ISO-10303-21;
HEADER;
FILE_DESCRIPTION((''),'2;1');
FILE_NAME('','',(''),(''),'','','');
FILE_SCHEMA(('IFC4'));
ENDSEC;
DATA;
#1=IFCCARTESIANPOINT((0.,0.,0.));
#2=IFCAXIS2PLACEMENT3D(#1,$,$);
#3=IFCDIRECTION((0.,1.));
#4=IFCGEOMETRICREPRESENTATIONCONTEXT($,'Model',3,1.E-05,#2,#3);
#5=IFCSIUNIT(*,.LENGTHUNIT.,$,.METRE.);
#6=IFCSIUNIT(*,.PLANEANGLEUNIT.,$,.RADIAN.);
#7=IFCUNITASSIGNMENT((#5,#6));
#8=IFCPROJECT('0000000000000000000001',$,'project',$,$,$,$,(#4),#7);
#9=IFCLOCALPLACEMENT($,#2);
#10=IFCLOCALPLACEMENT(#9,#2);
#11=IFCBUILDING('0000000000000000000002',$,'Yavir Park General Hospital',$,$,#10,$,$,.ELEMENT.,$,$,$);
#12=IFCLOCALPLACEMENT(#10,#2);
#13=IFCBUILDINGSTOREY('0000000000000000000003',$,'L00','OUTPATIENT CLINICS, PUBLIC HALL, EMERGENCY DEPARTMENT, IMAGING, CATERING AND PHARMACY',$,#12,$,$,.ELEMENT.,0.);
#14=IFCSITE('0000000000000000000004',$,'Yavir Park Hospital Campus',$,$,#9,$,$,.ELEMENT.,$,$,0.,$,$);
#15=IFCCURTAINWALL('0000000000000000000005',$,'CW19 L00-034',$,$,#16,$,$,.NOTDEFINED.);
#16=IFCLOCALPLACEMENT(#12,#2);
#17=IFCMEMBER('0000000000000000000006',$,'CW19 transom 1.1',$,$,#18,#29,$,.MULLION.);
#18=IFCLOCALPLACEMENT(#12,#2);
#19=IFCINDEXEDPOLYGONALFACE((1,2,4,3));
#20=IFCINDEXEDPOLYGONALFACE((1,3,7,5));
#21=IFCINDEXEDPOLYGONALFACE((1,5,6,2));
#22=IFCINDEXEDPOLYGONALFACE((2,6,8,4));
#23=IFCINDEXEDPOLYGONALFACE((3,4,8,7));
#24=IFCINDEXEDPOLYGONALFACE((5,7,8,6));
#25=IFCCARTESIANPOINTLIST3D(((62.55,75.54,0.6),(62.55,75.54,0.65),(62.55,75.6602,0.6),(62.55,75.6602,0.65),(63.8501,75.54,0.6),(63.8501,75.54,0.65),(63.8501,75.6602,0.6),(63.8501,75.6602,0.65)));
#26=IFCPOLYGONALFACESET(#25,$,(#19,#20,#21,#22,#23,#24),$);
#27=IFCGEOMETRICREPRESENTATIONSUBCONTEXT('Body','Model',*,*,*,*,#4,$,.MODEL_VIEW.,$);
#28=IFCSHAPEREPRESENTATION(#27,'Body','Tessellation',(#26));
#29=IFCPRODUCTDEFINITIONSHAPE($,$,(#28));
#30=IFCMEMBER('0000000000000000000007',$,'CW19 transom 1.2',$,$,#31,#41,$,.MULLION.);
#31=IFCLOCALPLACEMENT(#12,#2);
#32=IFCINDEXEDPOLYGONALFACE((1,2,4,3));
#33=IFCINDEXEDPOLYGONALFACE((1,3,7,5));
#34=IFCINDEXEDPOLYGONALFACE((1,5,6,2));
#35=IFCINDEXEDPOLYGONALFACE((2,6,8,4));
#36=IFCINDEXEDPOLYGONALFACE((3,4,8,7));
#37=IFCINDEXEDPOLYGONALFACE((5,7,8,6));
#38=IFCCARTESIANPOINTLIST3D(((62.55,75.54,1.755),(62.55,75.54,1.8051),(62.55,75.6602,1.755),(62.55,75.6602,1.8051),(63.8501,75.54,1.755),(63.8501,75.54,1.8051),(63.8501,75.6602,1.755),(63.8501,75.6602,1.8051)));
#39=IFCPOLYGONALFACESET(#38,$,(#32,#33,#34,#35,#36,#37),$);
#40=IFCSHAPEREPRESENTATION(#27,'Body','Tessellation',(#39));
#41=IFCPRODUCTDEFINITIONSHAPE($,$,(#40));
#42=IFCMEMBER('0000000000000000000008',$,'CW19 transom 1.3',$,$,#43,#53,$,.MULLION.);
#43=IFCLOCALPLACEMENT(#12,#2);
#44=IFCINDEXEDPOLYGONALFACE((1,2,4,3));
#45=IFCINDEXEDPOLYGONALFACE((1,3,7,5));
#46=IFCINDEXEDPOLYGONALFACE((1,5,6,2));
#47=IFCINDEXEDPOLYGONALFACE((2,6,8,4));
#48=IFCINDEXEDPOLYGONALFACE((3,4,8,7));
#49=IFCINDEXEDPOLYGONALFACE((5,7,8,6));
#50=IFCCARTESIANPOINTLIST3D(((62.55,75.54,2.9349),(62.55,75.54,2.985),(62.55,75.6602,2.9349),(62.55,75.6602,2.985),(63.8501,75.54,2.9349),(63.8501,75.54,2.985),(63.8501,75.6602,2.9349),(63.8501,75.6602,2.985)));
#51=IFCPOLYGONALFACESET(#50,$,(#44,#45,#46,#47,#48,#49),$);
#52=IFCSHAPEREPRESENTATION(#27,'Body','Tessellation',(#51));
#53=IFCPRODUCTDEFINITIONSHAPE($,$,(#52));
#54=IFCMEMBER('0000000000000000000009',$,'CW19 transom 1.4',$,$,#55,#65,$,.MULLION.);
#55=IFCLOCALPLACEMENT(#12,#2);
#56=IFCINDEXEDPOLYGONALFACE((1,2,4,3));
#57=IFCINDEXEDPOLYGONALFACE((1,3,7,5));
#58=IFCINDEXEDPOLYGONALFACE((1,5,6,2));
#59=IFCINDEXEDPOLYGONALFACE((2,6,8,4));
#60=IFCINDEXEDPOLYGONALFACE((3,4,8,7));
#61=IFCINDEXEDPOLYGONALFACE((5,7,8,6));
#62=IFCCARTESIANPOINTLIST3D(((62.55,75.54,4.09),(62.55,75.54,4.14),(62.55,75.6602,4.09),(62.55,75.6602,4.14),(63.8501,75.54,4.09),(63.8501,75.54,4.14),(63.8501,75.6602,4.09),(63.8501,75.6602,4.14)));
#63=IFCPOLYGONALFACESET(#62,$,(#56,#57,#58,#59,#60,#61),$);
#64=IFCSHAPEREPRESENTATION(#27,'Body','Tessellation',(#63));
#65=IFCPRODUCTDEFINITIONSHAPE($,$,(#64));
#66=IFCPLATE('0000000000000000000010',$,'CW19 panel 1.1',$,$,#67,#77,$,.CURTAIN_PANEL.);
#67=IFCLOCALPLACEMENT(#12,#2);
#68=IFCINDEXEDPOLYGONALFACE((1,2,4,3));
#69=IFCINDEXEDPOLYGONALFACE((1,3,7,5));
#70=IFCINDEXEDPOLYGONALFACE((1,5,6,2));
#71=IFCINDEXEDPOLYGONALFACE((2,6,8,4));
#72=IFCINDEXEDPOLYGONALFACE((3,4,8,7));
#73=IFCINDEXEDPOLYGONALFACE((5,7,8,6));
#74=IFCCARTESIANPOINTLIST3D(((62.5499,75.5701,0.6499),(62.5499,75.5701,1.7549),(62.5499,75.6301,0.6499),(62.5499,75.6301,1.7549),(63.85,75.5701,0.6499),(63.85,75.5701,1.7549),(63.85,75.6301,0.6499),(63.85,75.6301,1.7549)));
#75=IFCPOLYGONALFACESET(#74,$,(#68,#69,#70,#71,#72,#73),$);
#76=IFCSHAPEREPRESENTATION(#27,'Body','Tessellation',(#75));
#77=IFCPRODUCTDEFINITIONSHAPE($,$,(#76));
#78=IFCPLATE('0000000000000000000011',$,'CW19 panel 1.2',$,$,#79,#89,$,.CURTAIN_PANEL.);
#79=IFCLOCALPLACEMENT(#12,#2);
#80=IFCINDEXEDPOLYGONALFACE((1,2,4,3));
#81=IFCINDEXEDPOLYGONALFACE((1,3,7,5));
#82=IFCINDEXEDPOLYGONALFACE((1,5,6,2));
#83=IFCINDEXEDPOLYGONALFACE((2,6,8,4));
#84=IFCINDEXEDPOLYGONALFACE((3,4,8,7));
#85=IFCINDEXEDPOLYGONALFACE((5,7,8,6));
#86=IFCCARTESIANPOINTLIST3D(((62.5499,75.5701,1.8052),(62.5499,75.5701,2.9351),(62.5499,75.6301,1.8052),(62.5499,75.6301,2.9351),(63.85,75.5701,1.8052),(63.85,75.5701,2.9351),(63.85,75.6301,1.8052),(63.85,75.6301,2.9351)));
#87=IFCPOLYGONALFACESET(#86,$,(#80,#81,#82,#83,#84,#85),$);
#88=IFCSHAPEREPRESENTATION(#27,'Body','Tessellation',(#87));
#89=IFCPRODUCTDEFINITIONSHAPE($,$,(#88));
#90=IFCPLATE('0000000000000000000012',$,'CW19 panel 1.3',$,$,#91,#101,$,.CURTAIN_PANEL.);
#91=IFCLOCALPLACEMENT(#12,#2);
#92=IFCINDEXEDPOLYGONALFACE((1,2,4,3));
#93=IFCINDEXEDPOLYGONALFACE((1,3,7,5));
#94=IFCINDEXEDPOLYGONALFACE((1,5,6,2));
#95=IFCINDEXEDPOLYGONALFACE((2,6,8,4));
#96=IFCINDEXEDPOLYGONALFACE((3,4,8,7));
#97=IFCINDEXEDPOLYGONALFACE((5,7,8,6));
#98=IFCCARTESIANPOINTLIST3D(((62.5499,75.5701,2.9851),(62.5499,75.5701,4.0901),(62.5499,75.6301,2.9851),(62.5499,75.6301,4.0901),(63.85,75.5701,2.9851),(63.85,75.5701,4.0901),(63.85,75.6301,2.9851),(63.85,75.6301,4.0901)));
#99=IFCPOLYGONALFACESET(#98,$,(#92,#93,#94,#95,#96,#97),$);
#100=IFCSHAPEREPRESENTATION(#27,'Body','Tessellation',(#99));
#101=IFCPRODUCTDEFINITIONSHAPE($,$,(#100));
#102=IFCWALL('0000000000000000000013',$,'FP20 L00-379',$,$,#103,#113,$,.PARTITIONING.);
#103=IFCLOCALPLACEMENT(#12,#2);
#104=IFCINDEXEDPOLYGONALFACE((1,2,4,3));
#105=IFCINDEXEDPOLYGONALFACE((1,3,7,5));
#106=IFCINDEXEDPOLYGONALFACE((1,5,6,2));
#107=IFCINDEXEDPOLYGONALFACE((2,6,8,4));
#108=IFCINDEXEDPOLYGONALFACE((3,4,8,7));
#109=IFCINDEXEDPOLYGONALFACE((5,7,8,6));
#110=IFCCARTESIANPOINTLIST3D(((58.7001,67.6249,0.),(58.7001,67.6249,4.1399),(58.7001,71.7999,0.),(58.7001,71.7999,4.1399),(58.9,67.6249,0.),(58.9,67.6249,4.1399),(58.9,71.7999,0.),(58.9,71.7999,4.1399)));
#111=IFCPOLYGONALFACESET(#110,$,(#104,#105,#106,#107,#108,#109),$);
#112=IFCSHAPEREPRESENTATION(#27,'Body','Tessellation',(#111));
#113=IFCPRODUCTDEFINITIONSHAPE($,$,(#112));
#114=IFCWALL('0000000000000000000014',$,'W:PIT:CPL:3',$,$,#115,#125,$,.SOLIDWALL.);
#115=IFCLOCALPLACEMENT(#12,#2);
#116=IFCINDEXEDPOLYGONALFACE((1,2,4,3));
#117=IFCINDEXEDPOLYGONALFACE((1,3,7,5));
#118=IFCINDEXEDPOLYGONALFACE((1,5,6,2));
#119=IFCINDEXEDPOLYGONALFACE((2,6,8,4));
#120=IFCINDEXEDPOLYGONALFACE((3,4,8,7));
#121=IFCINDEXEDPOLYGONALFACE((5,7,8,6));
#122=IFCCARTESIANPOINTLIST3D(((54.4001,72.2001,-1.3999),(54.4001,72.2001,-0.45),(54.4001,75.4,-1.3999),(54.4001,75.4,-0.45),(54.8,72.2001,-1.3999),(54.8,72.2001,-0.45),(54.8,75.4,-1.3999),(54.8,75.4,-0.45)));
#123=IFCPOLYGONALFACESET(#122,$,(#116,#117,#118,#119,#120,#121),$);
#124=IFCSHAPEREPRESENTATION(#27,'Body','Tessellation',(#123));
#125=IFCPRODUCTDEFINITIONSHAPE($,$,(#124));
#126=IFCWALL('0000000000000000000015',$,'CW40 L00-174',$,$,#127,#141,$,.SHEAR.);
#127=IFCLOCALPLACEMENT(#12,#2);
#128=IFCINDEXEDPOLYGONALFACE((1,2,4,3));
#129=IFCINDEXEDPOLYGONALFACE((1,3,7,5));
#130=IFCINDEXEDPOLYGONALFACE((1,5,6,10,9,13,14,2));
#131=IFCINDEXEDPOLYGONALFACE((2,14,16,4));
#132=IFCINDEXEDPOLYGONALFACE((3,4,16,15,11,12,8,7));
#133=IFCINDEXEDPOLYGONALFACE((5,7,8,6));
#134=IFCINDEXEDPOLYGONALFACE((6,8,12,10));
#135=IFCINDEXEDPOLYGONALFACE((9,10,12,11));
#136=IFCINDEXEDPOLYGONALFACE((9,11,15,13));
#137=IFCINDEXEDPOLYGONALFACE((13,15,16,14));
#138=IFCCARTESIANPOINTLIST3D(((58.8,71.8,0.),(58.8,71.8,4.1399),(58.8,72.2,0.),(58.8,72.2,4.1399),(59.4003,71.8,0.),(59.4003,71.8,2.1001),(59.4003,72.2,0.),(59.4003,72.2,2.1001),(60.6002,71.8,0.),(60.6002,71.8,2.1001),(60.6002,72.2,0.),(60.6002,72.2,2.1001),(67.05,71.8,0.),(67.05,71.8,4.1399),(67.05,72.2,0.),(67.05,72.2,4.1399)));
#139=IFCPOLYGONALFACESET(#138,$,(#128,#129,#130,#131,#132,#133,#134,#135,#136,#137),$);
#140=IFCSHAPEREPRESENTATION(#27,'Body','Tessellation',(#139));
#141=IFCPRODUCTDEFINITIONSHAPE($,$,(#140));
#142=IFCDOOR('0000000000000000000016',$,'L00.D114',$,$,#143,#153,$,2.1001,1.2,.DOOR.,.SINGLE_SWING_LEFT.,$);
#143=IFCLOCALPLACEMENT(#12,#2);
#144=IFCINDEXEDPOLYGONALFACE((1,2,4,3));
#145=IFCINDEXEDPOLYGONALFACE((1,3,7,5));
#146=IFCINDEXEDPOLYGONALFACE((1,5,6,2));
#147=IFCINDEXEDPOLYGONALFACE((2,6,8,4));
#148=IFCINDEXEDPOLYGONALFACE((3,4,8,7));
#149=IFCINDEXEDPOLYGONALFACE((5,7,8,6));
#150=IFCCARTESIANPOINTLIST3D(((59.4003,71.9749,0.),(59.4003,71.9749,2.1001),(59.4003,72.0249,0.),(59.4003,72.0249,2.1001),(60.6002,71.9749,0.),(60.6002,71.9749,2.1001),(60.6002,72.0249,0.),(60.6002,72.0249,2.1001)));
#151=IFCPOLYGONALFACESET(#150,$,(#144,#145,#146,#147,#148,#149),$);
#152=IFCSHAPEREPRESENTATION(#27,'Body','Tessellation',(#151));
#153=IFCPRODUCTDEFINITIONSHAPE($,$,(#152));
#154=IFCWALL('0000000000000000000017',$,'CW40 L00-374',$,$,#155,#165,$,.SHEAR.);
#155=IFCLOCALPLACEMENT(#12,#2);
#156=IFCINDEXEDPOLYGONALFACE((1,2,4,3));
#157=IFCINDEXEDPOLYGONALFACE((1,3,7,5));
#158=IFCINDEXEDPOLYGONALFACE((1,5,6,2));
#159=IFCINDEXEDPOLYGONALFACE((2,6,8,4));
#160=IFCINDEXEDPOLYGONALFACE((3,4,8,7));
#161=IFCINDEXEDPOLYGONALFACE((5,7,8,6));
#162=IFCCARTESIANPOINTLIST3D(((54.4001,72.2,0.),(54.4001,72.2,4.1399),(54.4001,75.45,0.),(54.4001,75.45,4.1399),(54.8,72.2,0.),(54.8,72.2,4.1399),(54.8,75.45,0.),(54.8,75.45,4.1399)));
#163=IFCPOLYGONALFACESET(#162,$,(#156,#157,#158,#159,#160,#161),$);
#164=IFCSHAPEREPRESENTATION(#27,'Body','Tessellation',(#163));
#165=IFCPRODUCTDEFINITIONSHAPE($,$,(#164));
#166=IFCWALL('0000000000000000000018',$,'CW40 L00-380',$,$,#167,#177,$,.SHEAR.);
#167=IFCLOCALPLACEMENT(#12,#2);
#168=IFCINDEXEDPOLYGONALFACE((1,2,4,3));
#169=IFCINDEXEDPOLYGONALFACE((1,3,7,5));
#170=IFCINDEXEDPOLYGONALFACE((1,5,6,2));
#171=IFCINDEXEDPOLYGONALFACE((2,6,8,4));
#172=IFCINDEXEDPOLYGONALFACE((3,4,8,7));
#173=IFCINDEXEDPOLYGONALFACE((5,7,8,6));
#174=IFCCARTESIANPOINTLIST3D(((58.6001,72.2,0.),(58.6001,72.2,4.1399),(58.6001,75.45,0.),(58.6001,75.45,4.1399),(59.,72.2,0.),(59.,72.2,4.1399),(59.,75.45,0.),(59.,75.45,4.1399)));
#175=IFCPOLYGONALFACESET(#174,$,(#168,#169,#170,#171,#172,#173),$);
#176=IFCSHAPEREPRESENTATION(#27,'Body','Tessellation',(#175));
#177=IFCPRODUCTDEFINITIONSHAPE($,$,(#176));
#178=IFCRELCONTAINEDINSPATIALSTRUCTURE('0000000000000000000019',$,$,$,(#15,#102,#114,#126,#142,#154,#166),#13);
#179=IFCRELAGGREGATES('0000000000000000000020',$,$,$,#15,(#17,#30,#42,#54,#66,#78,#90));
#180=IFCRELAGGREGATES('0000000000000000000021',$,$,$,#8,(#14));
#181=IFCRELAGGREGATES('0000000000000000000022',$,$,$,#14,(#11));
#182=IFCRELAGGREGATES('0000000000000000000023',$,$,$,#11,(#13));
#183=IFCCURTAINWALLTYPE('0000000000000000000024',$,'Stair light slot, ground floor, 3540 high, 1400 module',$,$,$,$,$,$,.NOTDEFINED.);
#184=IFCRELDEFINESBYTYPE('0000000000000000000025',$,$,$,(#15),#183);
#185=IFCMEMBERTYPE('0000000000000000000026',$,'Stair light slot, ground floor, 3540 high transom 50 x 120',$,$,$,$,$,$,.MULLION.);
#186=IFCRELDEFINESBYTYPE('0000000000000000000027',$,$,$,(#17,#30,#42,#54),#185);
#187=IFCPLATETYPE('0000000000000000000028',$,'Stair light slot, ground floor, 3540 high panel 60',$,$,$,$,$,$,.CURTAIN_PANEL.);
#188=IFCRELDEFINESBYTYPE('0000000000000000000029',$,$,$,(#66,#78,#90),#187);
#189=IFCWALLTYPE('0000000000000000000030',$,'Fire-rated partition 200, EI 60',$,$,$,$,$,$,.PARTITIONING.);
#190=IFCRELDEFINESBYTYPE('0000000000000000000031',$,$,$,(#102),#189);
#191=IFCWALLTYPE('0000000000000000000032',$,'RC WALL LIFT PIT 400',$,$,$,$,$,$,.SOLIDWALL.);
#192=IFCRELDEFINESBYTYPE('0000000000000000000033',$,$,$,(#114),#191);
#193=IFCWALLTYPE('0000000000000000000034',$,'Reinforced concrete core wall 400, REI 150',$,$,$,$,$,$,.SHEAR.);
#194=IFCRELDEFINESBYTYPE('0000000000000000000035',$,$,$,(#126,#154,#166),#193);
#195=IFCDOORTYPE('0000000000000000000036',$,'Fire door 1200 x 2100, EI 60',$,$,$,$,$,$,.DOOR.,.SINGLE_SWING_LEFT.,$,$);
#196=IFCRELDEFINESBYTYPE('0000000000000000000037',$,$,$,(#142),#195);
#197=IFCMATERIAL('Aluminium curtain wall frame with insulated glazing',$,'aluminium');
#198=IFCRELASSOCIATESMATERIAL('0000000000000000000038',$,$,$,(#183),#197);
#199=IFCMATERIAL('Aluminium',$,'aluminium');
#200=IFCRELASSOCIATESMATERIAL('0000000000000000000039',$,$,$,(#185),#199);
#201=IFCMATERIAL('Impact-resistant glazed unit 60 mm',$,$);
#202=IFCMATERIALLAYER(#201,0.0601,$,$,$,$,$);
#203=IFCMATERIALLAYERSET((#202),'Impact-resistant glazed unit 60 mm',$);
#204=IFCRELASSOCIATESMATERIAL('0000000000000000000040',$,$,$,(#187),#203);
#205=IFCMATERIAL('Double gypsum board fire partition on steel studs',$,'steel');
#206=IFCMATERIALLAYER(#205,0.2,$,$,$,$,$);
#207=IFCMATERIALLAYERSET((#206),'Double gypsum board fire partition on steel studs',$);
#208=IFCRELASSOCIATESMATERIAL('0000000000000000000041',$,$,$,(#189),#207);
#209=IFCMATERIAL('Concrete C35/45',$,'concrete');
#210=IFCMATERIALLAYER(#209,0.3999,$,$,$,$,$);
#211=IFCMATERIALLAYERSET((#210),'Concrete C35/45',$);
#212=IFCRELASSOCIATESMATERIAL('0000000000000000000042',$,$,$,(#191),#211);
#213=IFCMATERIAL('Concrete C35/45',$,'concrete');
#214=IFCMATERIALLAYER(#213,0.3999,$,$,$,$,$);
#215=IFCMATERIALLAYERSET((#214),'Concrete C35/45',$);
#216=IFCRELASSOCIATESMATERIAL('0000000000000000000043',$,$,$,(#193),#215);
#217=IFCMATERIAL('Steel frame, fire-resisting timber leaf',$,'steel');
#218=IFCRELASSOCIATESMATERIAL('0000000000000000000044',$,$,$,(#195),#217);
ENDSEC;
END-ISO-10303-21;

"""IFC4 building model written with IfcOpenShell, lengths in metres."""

from ifc_helpers import new_model, si_unit, direction, frame, frame_2d, origin, origin_2d, place, context, subcontext, project, spatial, rectangle, extrude, material, layer, layer_set, material_profile, profile_set, type_object, element, fill, aggregate, save


model = new_model("IFC4")

# Units and contexts
model_context = context("Model", 3, precision=1e-05, world=origin(), true_north=direction((0.0, 1.0)))
body_context = subcontext(model_context, "Body", "Model", "MODEL_VIEW")
ifc_project = project(units=[si_unit("LENGTHUNIT", "METRE"), si_unit("PLANEANGLEUNIT", "RADIAN")], contexts=[model_context])

# Site, building, storey
site_placement = place(None, origin())
site = spatial("IfcSite", under=ifc_project, at=site_placement, Name="Yavir Park Hospital Campus", CompositionType="ELEMENT", RefElevation=0.0)
building_placement = place(site_placement, origin())
building = spatial("IfcBuilding", under=site, at=building_placement, Name="Yavir Park General Hospital", CompositionType="ELEMENT")
storey_placement = place(building_placement, origin())
storey = spatial("IfcBuildingStorey", under=building, at=storey_placement, Name="L00", Description="OUTPATIENT CLINICS, PUBLIC HALL, EMERGENCY DEPARTMENT, IMAGING, CATERING AND PHARMACY", CompositionType="ELEMENT", Elevation=0.0)

# Curtain wall, members, plates
ifc_material_1 = material(Name="Aluminium curtain wall frame with insulated glazing", Category="aluminium")
curtain_wall_type = type_object("IfcCurtainWallType", Name="Stair light slot, ground floor, 3540 high, 1400 module", PredefinedType="NOTDEFINED", material=ifc_material_1)
curtain_wall_placement = place(storey_placement, origin())
curtain_wall = element("IfcCurtainWall", 1, at=curtain_wall_placement, inside=storey, type_object=curtain_wall_type, Name="CW19 L00-034", PredefinedType="NOTDEFINED")
ifc_material_2 = material(Name="Aluminium", Category="aluminium")
ifc_material_profile_1 = material_profile(ifc_material_2, rectangle(XDim=0.1201, YDim=0.05, at=origin_2d()), Name="AL 120x50")
ifc_profile_set_1 = profile_set([ifc_material_profile_1], Name="Aluminium")
member_type_1 = type_object("IfcMemberType", Name="Stair light slot, ground floor, 3540 high transom 50 x 120", PredefinedType="MULLION", material=ifc_profile_set_1)
member_1_placement = place(storey_placement, frame((62.55, 75.6001, 0.625), z_axis=(1.0, 0.0, 0.0), x_axis=(0.0, 1.0, 0.0)))
member_1 = element("IfcMember", 2, at=member_1_placement, type_object=member_type_1, Name="CW19 transom 1.1", PredefinedType="MULLION", context=body_context, shape_type="SweptSolid", body=[
    extrude(rectangle(XDim=0.1201, YDim=0.05, at=origin_2d()), origin(), (0.0, 0.0, 1.0), 1.3),
])
member_2_placement = place(storey_placement, frame((62.55, 75.6001, 1.78), z_axis=(1.0, 0.0, 0.0), x_axis=(0.0, 1.0, 0.0)))
member_2 = element("IfcMember", 3, at=member_2_placement, type_object=member_type_1, Name="CW19 transom 1.2", PredefinedType="MULLION", context=body_context, shape_type="SweptSolid", body=[
    extrude(rectangle(XDim=0.1201, YDim=0.05, at=origin_2d()), origin(), (0.0, 0.0, 1.0), 1.3),
])
member_3_placement = place(storey_placement, frame((62.55, 75.6001, 2.96), z_axis=(1.0, 0.0, 0.0), x_axis=(0.0, 1.0, 0.0)))
member_3 = element("IfcMember", 4, at=member_3_placement, type_object=member_type_1, Name="CW19 transom 1.3", PredefinedType="MULLION", context=body_context, shape_type="SweptSolid", body=[
    extrude(rectangle(XDim=0.1201, YDim=0.05, at=origin_2d()), origin(), (0.0, 0.0, 1.0), 1.3),
])
member_4_placement = place(storey_placement, frame((62.55, 75.6001, 4.115), z_axis=(1.0, 0.0, 0.0), x_axis=(0.0, 1.0, 0.0)))
member_4 = element("IfcMember", 5, at=member_4_placement, type_object=member_type_1, Name="CW19 transom 1.4", PredefinedType="MULLION", context=body_context, shape_type="SweptSolid", body=[
    extrude(rectangle(XDim=0.1201, YDim=0.05, at=origin_2d()), origin(), (0.0, 0.0, 1.0), 1.3),
])
ifc_material_3 = material(Name="Impact-resistant glazed unit 60 mm")
ifc_layer_1 = layer(ifc_material_3, 0.0601)
ifc_layer_set_1 = layer_set([ifc_layer_1], Name="Impact-resistant glazed unit 60 mm")
plate_type = type_object("IfcPlateType", Name="Stair light slot, ground floor, 3540 high panel 60", PredefinedType="CURTAIN_PANEL", material=ifc_layer_set_1)
plate_1_placement = place(storey_placement, frame((63.2, 75.6001, 0.6499), z_axis=(0.0, 0.0, 1.0), x_axis=(1.0, 0.0, 0.0)))
plate_1 = element("IfcPlate", 6, at=plate_1_placement, type_object=plate_type, Name="CW19 panel 1.1", PredefinedType="CURTAIN_PANEL", context=body_context, shape_type="SweptSolid", body=[
    extrude(rectangle(XDim=1.3, YDim=0.0601, at=origin_2d()), origin(), (0.0, 0.0, 1.0), 1.105),
])
plate_2_placement = place(storey_placement, frame((63.2, 75.6001, 1.8052), z_axis=(0.0, 0.0, 1.0), x_axis=(1.0, 0.0, 0.0)))
plate_2 = element("IfcPlate", 7, at=plate_2_placement, type_object=plate_type, Name="CW19 panel 1.2", PredefinedType="CURTAIN_PANEL", context=body_context, shape_type="SweptSolid", body=[
    extrude(rectangle(XDim=1.3, YDim=0.0601, at=origin_2d()), origin(), (0.0, 0.0, 1.0), 1.1299),
])
plate_3_placement = place(storey_placement, frame((63.2, 75.6001, 2.9851), z_axis=(0.0, 0.0, 1.0), x_axis=(1.0, 0.0, 0.0)))
plate_3 = element("IfcPlate", 8, at=plate_3_placement, type_object=plate_type, Name="CW19 panel 1.3", PredefinedType="CURTAIN_PANEL", context=body_context, shape_type="SweptSolid", body=[
    extrude(rectangle(XDim=1.3, YDim=0.0601, at=origin_2d()), origin(), (0.0, 0.0, 1.0), 1.105),
])
aggregate(curtain_wall, [member_1, member_2, member_3, member_4, plate_1, plate_2, plate_3])

# Walls
ifc_material_4 = material(Name="Double gypsum board fire partition on steel studs", Category="steel")
ifc_layer_2 = layer(ifc_material_4, 0.2)
ifc_layer_set_2 = layer_set([ifc_layer_2], Name="Double gypsum board fire partition on steel studs")
wall_type_1 = type_object("IfcWallType", Name="Fire-rated partition 200, EI 60", PredefinedType="PARTITIONING", material=ifc_layer_set_2)
wall_1_placement = place(storey_placement, frame((58.8, 67.625, 0.0), z_axis=(0.0, 0.0, 1.0), x_axis=(0.0, 1.0, 0.0)))
element("IfcWall", 9, at=wall_1_placement, inside=storey, type_object=wall_type_1, Name="FP20 L00-379", PredefinedType="PARTITIONING", context=body_context, shape_type="SweptSolid", body=[
    extrude(rectangle(XDim=4.175, YDim=0.2, at=frame_2d((2.0874, 0.0))), origin(), (0.0, 0.0, 1.0), 4.1399),
])
ifc_material_5 = material(Name="Concrete C35/45", Category="concrete")
ifc_layer_3 = layer(ifc_material_5, 0.3999)
ifc_layer_set_3 = layer_set([ifc_layer_3], Name="Concrete C35/45")
wall_type_2 = type_object("IfcWallType", Name="RC WALL LIFT PIT 400", PredefinedType="SOLIDWALL", material=ifc_layer_set_3)
wall_2_placement = place(storey_placement, frame((54.6001, 72.2, -1.3999), z_axis=(0.0, 0.0, 1.0), x_axis=(0.0, 1.0, 0.0)))
element("IfcWall", 10, at=wall_2_placement, inside=storey, type_object=wall_type_2, Name="W:PIT:CPL:3", PredefinedType="SOLIDWALL", context=body_context, shape_type="SweptSolid", body=[
    extrude(rectangle(XDim=3.2, YDim=0.3999, at=frame_2d((1.6001, 0.0))), origin(), (0.0, 0.0, 1.0), 0.95),
])

# Wall, opening, door
ifc_material_6 = material(Name="Concrete C35/45", Category="concrete")
ifc_layer_4 = layer(ifc_material_6, 0.3999)
ifc_layer_set_4 = layer_set([ifc_layer_4], Name="Concrete C35/45")
wall_type_3 = type_object("IfcWallType", Name="Reinforced concrete core wall 400, REI 150", PredefinedType="SHEAR", material=ifc_layer_set_4)
wall_3_placement = place(storey_placement, frame((58.8, 72.0, 0.0), z_axis=(0.0, 0.0, 1.0), x_axis=(1.0, 0.0, 0.0)))
wall_3 = element("IfcWall", 11, at=wall_3_placement, inside=storey, type_object=wall_type_3, Name="CW40 L00-174", PredefinedType="SHEAR", context=body_context, shape_type="SweptSolid", body=[
    extrude(rectangle(XDim=8.25, YDim=0.3999, at=frame_2d((4.125, 0.0))), origin(), (0.0, 0.0, 1.0), 4.1399),
])
opening_1_placement = place(wall_3_placement, frame((0.6001, 0.0, 0.0)))
opening_1 = element("IfcOpeningElement", 12, at=opening_1_placement, cuts=wall_3, PredefinedType="OPENING", context=body_context, shape_type="SweptSolid", body=[
    extrude(rectangle(XDim=1.2, YDim=2.1001, at=frame_2d((0.6001, 1.05))), frame((0.0, 0.21, 0.0), z_axis=(0.0, -1.0, 0.0), x_axis=(1.0, 0.0, 0.0)), (0.0, 0.0, 1.0), 0.4199),
])
ifc_material_7 = material(Name="Steel frame, fire-resisting timber leaf", Category="steel")
door_type_1 = type_object("IfcDoorType", Name="Fire door 1200 x 2100, EI 60", OperationType="SINGLE_SWING_LEFT", PredefinedType="DOOR", material=ifc_material_7)
door_1_placement = place(opening_1_placement, origin())
door_1 = element("IfcDoor", 13, at=door_1_placement, inside=storey, type_object=door_type_1, Name="L00.D114", OperationType="SINGLE_SWING_LEFT", OverallHeight=2.1001, OverallWidth=1.2, PredefinedType="DOOR", context=body_context, shape_type="SweptSolid", body=[
    extrude(rectangle(XDim=1.2, YDim=2.1001, at=frame_2d((0.6001, 1.05))), frame((0.0, 0.0249, 0.0), z_axis=(0.0, -1.0, 0.0), x_axis=(1.0, 0.0, 0.0)), (0.0, 0.0, 1.0), 0.05),
])
fill(opening_1, door_1)

# Walls
for number, where, z_axis, x_axis, name in (
    (14, (54.6001, 72.2, 0.0), (0.0, 0.0, 1.0), (0.0, 1.0, 0.0), "CW40 L00-374"),
    (15, (58.8, 72.2, 0.0), (0.0, 0.0, 1.0), (0.0, 1.0, 0.0), "CW40 L00-380"),
):
    element("IfcWall", number, at=place(storey_placement, frame(where, z_axis=z_axis, x_axis=x_axis)), inside=storey, type_object=wall_type_3, Name=name, PredefinedType="SHEAR", context=body_context, shape_type="SweptSolid", body=[
        extrude(rectangle(XDim=3.25, YDim=0.3999, at=frame_2d((1.625, 0.0))), origin(), (0.0, 0.0, 1.0), 4.1399),
    ])

save(model, "model.ifc")
